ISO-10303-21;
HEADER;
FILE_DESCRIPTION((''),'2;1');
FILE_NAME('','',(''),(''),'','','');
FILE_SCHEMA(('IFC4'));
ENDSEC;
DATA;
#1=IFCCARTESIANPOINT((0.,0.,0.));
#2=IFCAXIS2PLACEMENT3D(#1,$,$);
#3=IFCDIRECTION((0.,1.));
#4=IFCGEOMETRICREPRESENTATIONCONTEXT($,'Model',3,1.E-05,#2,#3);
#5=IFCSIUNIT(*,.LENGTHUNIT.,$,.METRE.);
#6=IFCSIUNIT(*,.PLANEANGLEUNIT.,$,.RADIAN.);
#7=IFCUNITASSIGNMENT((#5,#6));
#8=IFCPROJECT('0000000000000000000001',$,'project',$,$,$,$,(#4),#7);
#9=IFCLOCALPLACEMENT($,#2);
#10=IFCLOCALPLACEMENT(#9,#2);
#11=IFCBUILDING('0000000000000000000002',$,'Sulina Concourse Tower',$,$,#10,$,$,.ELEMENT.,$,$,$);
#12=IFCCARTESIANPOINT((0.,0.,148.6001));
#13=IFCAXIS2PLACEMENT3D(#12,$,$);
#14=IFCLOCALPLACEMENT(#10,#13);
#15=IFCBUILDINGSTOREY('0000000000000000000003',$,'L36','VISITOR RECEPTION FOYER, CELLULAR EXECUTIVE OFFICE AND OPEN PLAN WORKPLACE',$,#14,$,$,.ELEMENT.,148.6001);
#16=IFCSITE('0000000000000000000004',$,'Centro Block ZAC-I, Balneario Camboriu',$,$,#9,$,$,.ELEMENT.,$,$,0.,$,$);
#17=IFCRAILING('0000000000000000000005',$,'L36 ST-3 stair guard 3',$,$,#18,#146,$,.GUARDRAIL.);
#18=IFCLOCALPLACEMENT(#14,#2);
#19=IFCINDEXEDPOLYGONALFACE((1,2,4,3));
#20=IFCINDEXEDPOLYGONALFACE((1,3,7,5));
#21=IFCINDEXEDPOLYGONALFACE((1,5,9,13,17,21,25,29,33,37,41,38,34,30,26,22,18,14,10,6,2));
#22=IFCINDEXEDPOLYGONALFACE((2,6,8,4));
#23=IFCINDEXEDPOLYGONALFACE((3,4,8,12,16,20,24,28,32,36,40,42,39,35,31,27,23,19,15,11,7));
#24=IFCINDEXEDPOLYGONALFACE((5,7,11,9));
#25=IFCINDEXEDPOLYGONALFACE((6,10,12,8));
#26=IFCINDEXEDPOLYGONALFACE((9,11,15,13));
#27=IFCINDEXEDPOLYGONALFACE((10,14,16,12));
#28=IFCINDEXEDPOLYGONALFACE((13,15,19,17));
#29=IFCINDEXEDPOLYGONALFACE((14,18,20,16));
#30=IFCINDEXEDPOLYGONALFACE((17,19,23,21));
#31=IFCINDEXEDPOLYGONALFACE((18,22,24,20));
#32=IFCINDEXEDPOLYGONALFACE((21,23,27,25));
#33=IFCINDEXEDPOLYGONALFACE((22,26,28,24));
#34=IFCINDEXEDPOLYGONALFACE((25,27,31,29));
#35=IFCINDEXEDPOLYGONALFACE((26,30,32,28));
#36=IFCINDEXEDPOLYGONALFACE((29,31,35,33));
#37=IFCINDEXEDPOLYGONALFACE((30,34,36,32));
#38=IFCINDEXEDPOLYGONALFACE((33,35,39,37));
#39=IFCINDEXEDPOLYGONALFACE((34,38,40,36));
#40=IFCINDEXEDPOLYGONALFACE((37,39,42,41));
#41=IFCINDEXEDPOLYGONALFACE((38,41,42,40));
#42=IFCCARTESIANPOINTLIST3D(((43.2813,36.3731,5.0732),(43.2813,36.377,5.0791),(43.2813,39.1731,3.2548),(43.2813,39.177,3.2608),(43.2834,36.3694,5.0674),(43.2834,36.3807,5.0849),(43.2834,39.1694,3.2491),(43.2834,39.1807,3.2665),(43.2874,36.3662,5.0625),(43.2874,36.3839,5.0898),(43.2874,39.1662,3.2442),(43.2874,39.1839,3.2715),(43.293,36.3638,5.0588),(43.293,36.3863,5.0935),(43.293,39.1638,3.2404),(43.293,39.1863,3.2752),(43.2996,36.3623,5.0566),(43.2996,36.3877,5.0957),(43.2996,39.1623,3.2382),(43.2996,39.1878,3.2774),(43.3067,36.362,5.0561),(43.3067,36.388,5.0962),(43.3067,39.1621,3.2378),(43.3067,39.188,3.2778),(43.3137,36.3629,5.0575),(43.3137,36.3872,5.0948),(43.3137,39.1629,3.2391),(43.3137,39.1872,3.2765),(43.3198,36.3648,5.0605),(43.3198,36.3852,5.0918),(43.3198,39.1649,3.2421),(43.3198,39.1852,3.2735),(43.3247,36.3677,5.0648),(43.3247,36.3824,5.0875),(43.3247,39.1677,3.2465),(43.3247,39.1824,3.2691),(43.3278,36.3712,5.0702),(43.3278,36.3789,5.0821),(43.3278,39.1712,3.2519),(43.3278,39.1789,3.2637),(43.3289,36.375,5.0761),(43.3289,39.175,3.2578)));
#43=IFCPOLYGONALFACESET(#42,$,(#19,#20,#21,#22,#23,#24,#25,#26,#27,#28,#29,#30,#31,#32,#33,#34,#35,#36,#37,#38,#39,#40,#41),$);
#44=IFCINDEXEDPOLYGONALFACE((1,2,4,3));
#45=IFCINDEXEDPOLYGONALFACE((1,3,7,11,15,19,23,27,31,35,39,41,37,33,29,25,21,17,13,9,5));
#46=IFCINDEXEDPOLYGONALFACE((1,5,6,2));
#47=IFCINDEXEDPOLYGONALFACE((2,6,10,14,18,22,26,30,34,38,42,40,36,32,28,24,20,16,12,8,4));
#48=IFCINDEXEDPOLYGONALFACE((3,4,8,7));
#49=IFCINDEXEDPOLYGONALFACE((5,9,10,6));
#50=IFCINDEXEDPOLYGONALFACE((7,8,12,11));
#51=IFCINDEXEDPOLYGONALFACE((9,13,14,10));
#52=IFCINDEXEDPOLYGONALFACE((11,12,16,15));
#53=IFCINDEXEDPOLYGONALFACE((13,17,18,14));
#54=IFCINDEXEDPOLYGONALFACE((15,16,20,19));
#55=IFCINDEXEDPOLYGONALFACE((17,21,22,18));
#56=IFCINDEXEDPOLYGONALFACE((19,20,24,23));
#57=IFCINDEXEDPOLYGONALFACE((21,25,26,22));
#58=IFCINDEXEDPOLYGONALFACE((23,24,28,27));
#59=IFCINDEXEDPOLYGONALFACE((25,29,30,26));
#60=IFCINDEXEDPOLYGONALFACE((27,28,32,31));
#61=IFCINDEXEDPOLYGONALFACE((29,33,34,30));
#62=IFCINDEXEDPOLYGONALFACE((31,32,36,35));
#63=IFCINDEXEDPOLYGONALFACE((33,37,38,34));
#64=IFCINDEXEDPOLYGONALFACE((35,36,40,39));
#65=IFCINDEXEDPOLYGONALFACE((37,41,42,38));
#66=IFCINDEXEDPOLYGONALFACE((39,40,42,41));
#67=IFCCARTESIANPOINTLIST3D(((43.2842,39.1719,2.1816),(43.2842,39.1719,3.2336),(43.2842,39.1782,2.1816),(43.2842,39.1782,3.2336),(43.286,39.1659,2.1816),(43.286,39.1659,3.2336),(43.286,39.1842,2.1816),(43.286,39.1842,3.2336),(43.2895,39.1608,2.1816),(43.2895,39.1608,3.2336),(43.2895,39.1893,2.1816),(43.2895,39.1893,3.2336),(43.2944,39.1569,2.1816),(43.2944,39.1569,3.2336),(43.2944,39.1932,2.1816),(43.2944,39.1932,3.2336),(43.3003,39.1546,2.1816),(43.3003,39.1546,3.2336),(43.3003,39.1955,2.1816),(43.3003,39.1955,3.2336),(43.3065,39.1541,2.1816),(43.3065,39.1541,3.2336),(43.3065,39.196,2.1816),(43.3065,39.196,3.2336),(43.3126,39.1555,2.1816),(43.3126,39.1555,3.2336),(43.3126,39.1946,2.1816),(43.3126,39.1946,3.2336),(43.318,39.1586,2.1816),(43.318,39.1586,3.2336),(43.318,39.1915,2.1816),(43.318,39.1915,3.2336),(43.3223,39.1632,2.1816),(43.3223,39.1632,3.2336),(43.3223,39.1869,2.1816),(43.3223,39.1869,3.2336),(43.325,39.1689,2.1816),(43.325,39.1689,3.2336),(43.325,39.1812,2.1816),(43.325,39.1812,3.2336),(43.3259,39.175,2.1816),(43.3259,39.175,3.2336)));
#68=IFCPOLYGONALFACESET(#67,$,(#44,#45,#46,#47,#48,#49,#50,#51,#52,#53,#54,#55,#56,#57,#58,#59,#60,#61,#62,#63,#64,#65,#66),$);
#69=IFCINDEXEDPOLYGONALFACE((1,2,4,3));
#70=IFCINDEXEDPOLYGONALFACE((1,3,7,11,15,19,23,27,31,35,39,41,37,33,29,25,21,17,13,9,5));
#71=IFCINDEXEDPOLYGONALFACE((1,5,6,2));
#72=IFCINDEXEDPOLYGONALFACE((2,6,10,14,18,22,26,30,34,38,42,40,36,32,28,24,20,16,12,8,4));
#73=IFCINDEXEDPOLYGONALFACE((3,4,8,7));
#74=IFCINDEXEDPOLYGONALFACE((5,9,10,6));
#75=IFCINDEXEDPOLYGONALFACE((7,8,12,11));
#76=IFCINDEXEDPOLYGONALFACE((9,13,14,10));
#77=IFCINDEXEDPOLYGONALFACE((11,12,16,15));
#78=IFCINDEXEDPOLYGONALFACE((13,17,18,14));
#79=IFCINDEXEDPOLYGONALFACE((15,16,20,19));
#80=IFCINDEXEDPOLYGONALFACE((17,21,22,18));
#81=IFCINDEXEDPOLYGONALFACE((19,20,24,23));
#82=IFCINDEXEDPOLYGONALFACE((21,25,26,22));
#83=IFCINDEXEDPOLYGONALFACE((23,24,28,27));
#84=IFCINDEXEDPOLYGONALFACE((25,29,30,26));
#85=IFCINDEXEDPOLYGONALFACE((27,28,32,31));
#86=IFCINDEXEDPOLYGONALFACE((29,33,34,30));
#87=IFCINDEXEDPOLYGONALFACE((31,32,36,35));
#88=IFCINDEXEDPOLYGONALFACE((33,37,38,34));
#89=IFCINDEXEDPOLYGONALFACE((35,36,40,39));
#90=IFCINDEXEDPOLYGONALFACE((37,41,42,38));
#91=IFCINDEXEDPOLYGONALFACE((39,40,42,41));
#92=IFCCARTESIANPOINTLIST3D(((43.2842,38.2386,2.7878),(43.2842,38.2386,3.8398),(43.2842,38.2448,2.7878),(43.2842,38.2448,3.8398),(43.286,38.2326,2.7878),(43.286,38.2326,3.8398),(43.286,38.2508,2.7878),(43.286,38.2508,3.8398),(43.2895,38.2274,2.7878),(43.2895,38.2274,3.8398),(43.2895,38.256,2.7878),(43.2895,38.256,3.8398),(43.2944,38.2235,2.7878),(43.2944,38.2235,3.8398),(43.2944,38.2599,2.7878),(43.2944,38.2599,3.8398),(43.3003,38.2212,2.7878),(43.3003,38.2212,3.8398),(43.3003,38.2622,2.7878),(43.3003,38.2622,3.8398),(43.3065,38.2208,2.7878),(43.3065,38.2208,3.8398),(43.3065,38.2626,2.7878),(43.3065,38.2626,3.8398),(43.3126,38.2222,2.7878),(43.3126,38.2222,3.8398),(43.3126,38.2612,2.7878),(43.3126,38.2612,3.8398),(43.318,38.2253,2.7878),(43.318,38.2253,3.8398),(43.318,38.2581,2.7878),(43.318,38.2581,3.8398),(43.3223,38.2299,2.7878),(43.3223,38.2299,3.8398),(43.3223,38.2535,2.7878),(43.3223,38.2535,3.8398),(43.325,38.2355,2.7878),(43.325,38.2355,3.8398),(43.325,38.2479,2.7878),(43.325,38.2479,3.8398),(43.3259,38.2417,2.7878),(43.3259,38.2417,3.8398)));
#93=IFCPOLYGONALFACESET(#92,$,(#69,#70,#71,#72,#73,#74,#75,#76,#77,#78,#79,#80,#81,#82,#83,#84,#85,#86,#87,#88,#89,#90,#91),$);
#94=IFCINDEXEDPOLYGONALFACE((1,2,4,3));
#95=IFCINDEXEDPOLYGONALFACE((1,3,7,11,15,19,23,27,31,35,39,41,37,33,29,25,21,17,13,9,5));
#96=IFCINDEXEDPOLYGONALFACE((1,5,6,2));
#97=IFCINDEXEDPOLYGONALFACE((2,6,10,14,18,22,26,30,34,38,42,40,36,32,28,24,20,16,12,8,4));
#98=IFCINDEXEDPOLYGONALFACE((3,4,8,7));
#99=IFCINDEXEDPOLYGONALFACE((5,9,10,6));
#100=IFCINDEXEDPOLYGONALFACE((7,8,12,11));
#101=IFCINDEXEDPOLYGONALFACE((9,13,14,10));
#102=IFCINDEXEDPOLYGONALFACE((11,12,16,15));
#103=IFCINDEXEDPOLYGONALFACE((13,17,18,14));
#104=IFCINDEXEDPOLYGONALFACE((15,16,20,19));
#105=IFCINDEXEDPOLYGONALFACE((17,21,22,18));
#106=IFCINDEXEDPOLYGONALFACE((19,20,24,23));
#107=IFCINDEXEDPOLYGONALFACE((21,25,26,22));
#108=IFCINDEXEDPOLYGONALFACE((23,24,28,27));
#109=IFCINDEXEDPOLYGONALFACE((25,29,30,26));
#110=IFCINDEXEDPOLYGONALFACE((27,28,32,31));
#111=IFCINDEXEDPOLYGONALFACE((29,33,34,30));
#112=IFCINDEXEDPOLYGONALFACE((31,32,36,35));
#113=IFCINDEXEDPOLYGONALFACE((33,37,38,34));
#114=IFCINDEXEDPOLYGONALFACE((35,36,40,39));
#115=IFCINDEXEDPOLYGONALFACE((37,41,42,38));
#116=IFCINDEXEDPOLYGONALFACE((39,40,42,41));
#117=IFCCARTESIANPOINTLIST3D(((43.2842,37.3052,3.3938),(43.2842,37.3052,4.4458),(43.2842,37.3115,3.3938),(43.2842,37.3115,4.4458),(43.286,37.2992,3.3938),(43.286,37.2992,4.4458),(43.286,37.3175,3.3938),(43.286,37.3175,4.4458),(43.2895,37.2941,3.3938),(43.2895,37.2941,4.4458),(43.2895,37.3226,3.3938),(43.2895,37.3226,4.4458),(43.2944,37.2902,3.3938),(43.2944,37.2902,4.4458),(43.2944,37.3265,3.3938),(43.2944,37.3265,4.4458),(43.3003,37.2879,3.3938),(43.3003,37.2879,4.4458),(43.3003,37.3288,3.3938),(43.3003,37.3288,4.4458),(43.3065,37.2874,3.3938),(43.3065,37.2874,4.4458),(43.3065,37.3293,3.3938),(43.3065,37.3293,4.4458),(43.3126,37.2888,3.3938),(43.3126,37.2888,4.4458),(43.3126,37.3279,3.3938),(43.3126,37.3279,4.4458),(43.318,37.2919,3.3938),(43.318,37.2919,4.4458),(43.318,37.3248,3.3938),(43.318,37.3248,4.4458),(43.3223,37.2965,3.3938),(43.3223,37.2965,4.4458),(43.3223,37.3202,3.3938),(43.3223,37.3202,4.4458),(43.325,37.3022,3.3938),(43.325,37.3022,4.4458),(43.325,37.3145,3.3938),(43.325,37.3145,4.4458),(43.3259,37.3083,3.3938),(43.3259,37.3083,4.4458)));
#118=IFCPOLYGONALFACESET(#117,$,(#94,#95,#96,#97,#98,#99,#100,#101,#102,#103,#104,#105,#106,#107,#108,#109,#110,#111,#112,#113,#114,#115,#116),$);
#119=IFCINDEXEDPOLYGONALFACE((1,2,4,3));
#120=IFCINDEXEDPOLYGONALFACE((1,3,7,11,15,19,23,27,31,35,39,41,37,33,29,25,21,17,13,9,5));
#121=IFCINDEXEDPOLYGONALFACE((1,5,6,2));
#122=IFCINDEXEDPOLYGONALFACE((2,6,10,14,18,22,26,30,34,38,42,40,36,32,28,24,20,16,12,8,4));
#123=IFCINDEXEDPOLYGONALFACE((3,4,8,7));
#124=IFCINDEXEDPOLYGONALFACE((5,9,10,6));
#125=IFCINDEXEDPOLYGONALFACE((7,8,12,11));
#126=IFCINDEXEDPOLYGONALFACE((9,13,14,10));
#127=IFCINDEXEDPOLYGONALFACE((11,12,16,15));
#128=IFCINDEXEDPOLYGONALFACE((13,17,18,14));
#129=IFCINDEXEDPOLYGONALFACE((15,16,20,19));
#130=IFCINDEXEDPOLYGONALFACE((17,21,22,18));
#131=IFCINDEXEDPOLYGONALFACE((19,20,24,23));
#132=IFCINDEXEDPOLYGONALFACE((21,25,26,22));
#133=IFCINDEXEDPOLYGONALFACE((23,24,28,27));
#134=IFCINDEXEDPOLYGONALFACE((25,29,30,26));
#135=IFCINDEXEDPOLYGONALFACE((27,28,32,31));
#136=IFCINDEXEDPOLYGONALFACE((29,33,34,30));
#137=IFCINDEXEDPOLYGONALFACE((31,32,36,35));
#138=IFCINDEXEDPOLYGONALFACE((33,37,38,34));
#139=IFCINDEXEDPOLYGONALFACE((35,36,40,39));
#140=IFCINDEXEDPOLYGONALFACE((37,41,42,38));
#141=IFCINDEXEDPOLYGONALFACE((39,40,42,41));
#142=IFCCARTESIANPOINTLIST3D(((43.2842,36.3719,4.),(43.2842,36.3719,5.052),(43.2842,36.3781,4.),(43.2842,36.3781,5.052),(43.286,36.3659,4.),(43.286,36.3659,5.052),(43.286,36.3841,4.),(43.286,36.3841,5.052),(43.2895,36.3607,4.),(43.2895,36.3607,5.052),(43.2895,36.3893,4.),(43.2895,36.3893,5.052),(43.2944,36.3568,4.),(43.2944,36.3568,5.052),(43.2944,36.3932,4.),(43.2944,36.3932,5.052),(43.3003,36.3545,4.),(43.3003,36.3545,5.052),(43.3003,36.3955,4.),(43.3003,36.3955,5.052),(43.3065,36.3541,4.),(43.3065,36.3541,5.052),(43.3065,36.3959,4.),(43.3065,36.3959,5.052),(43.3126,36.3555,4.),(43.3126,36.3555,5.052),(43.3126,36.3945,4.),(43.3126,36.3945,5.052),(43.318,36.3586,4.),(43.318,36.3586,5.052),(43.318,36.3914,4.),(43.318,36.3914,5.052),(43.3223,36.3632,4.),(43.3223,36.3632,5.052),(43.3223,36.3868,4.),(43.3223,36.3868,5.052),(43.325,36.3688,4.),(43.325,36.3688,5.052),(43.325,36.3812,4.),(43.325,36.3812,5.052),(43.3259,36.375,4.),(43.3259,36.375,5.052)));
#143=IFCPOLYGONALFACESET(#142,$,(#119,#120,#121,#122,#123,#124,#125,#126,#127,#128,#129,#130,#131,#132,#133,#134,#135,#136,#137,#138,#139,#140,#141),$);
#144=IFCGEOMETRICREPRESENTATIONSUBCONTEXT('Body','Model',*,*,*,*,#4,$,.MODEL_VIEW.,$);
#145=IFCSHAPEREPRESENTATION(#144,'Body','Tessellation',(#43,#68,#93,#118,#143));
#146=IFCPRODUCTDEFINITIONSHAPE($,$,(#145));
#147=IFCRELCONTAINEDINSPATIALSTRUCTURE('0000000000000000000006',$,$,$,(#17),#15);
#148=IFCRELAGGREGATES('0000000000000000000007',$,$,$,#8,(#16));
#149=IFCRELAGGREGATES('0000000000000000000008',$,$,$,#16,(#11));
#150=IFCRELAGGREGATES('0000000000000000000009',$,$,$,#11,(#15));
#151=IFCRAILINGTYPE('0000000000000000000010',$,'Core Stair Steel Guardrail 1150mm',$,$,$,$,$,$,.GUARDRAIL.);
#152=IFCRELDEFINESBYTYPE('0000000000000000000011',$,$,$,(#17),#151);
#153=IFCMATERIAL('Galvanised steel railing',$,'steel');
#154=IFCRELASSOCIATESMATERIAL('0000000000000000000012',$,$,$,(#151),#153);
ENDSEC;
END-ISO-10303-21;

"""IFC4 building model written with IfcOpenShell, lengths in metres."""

from ifc_helpers import new_model, si_unit, direction, frame, origin, origin_2d, place, context, subcontext, project, spatial, circle, extrude, material, type_object, element, save


model = new_model("IFC4")

# Units and contexts
model_context = context("Model", 3, precision=1e-05, world=origin(), true_north=direction((0.0, 1.0)))
body_context = subcontext(model_context, "Body", "Model", "MODEL_VIEW")
ifc_project = project(units=[si_unit("LENGTHUNIT", "METRE"), si_unit("PLANEANGLEUNIT", "RADIAN")], contexts=[model_context])

# Site, building, storey
site_placement = place(None, origin())
site = spatial("IfcSite", under=ifc_project, at=site_placement, Name="Centro Block ZAC-I, Balneario Camboriu", CompositionType="ELEMENT", RefElevation=0.0)
building_placement = place(site_placement, origin())
building = spatial("IfcBuilding", under=site, at=building_placement, Name="Sulina Concourse Tower", CompositionType="ELEMENT")
storey_placement = place(building_placement, frame((0.0, 0.0, 148.6001)))
storey = spatial("IfcBuildingStorey", under=building, at=storey_placement, Name="L36", Description="VISITOR RECEPTION FOYER, CELLULAR EXECUTIVE OFFICE AND OPEN PLAN WORKPLACE", CompositionType="ELEMENT", Elevation=148.6001)

# Railing
ifc_material_1 = material(Name="Galvanised steel railing", Category="steel")
railing_type_1 = type_object("IfcRailingType", Name="Core Stair Steel Guardrail 1150mm", PredefinedType="GUARDRAIL", material=ifc_material_1)
railing_1_placement = place(storey_placement, frame((43.3049, 39.175, 2.1816)))
element("IfcRailing", 1, at=railing_1_placement, inside=storey, type_object=railing_type_1, Name="L36 ST-3 stair guard 3", PredefinedType="GUARDRAIL", context=body_context, shape_type="SweptSolid", body=[
    extrude(circle(Radius=0.0239, at=origin_2d()), frame((0.0, 0.0, 1.0762), z_axis=(0.0, -0.838672, 0.544636), x_axis=(1.0, 0.0, 0.0)), (0.0, 0.0, 1.0), 3.3386),
    extrude(circle(Radius=0.021, at=origin_2d()), origin(), (0.0, 0.0, 1.0), 1.052),
    extrude(circle(Radius=0.021, at=origin_2d()), frame((0.0, -0.9333, 0.6062)), (0.0, 0.0, 1.0), 1.052),
    extrude(circle(Radius=0.021, at=origin_2d()), frame((0.0, -1.8667, 1.2122)), (0.0, 0.0, 1.0), 1.052),
    extrude(circle(Radius=0.021, at=origin_2d()), frame((0.0, -2.8, 1.8184)), (0.0, 0.0, 1.0), 1.052),
])

save(model, "model.ifc")
